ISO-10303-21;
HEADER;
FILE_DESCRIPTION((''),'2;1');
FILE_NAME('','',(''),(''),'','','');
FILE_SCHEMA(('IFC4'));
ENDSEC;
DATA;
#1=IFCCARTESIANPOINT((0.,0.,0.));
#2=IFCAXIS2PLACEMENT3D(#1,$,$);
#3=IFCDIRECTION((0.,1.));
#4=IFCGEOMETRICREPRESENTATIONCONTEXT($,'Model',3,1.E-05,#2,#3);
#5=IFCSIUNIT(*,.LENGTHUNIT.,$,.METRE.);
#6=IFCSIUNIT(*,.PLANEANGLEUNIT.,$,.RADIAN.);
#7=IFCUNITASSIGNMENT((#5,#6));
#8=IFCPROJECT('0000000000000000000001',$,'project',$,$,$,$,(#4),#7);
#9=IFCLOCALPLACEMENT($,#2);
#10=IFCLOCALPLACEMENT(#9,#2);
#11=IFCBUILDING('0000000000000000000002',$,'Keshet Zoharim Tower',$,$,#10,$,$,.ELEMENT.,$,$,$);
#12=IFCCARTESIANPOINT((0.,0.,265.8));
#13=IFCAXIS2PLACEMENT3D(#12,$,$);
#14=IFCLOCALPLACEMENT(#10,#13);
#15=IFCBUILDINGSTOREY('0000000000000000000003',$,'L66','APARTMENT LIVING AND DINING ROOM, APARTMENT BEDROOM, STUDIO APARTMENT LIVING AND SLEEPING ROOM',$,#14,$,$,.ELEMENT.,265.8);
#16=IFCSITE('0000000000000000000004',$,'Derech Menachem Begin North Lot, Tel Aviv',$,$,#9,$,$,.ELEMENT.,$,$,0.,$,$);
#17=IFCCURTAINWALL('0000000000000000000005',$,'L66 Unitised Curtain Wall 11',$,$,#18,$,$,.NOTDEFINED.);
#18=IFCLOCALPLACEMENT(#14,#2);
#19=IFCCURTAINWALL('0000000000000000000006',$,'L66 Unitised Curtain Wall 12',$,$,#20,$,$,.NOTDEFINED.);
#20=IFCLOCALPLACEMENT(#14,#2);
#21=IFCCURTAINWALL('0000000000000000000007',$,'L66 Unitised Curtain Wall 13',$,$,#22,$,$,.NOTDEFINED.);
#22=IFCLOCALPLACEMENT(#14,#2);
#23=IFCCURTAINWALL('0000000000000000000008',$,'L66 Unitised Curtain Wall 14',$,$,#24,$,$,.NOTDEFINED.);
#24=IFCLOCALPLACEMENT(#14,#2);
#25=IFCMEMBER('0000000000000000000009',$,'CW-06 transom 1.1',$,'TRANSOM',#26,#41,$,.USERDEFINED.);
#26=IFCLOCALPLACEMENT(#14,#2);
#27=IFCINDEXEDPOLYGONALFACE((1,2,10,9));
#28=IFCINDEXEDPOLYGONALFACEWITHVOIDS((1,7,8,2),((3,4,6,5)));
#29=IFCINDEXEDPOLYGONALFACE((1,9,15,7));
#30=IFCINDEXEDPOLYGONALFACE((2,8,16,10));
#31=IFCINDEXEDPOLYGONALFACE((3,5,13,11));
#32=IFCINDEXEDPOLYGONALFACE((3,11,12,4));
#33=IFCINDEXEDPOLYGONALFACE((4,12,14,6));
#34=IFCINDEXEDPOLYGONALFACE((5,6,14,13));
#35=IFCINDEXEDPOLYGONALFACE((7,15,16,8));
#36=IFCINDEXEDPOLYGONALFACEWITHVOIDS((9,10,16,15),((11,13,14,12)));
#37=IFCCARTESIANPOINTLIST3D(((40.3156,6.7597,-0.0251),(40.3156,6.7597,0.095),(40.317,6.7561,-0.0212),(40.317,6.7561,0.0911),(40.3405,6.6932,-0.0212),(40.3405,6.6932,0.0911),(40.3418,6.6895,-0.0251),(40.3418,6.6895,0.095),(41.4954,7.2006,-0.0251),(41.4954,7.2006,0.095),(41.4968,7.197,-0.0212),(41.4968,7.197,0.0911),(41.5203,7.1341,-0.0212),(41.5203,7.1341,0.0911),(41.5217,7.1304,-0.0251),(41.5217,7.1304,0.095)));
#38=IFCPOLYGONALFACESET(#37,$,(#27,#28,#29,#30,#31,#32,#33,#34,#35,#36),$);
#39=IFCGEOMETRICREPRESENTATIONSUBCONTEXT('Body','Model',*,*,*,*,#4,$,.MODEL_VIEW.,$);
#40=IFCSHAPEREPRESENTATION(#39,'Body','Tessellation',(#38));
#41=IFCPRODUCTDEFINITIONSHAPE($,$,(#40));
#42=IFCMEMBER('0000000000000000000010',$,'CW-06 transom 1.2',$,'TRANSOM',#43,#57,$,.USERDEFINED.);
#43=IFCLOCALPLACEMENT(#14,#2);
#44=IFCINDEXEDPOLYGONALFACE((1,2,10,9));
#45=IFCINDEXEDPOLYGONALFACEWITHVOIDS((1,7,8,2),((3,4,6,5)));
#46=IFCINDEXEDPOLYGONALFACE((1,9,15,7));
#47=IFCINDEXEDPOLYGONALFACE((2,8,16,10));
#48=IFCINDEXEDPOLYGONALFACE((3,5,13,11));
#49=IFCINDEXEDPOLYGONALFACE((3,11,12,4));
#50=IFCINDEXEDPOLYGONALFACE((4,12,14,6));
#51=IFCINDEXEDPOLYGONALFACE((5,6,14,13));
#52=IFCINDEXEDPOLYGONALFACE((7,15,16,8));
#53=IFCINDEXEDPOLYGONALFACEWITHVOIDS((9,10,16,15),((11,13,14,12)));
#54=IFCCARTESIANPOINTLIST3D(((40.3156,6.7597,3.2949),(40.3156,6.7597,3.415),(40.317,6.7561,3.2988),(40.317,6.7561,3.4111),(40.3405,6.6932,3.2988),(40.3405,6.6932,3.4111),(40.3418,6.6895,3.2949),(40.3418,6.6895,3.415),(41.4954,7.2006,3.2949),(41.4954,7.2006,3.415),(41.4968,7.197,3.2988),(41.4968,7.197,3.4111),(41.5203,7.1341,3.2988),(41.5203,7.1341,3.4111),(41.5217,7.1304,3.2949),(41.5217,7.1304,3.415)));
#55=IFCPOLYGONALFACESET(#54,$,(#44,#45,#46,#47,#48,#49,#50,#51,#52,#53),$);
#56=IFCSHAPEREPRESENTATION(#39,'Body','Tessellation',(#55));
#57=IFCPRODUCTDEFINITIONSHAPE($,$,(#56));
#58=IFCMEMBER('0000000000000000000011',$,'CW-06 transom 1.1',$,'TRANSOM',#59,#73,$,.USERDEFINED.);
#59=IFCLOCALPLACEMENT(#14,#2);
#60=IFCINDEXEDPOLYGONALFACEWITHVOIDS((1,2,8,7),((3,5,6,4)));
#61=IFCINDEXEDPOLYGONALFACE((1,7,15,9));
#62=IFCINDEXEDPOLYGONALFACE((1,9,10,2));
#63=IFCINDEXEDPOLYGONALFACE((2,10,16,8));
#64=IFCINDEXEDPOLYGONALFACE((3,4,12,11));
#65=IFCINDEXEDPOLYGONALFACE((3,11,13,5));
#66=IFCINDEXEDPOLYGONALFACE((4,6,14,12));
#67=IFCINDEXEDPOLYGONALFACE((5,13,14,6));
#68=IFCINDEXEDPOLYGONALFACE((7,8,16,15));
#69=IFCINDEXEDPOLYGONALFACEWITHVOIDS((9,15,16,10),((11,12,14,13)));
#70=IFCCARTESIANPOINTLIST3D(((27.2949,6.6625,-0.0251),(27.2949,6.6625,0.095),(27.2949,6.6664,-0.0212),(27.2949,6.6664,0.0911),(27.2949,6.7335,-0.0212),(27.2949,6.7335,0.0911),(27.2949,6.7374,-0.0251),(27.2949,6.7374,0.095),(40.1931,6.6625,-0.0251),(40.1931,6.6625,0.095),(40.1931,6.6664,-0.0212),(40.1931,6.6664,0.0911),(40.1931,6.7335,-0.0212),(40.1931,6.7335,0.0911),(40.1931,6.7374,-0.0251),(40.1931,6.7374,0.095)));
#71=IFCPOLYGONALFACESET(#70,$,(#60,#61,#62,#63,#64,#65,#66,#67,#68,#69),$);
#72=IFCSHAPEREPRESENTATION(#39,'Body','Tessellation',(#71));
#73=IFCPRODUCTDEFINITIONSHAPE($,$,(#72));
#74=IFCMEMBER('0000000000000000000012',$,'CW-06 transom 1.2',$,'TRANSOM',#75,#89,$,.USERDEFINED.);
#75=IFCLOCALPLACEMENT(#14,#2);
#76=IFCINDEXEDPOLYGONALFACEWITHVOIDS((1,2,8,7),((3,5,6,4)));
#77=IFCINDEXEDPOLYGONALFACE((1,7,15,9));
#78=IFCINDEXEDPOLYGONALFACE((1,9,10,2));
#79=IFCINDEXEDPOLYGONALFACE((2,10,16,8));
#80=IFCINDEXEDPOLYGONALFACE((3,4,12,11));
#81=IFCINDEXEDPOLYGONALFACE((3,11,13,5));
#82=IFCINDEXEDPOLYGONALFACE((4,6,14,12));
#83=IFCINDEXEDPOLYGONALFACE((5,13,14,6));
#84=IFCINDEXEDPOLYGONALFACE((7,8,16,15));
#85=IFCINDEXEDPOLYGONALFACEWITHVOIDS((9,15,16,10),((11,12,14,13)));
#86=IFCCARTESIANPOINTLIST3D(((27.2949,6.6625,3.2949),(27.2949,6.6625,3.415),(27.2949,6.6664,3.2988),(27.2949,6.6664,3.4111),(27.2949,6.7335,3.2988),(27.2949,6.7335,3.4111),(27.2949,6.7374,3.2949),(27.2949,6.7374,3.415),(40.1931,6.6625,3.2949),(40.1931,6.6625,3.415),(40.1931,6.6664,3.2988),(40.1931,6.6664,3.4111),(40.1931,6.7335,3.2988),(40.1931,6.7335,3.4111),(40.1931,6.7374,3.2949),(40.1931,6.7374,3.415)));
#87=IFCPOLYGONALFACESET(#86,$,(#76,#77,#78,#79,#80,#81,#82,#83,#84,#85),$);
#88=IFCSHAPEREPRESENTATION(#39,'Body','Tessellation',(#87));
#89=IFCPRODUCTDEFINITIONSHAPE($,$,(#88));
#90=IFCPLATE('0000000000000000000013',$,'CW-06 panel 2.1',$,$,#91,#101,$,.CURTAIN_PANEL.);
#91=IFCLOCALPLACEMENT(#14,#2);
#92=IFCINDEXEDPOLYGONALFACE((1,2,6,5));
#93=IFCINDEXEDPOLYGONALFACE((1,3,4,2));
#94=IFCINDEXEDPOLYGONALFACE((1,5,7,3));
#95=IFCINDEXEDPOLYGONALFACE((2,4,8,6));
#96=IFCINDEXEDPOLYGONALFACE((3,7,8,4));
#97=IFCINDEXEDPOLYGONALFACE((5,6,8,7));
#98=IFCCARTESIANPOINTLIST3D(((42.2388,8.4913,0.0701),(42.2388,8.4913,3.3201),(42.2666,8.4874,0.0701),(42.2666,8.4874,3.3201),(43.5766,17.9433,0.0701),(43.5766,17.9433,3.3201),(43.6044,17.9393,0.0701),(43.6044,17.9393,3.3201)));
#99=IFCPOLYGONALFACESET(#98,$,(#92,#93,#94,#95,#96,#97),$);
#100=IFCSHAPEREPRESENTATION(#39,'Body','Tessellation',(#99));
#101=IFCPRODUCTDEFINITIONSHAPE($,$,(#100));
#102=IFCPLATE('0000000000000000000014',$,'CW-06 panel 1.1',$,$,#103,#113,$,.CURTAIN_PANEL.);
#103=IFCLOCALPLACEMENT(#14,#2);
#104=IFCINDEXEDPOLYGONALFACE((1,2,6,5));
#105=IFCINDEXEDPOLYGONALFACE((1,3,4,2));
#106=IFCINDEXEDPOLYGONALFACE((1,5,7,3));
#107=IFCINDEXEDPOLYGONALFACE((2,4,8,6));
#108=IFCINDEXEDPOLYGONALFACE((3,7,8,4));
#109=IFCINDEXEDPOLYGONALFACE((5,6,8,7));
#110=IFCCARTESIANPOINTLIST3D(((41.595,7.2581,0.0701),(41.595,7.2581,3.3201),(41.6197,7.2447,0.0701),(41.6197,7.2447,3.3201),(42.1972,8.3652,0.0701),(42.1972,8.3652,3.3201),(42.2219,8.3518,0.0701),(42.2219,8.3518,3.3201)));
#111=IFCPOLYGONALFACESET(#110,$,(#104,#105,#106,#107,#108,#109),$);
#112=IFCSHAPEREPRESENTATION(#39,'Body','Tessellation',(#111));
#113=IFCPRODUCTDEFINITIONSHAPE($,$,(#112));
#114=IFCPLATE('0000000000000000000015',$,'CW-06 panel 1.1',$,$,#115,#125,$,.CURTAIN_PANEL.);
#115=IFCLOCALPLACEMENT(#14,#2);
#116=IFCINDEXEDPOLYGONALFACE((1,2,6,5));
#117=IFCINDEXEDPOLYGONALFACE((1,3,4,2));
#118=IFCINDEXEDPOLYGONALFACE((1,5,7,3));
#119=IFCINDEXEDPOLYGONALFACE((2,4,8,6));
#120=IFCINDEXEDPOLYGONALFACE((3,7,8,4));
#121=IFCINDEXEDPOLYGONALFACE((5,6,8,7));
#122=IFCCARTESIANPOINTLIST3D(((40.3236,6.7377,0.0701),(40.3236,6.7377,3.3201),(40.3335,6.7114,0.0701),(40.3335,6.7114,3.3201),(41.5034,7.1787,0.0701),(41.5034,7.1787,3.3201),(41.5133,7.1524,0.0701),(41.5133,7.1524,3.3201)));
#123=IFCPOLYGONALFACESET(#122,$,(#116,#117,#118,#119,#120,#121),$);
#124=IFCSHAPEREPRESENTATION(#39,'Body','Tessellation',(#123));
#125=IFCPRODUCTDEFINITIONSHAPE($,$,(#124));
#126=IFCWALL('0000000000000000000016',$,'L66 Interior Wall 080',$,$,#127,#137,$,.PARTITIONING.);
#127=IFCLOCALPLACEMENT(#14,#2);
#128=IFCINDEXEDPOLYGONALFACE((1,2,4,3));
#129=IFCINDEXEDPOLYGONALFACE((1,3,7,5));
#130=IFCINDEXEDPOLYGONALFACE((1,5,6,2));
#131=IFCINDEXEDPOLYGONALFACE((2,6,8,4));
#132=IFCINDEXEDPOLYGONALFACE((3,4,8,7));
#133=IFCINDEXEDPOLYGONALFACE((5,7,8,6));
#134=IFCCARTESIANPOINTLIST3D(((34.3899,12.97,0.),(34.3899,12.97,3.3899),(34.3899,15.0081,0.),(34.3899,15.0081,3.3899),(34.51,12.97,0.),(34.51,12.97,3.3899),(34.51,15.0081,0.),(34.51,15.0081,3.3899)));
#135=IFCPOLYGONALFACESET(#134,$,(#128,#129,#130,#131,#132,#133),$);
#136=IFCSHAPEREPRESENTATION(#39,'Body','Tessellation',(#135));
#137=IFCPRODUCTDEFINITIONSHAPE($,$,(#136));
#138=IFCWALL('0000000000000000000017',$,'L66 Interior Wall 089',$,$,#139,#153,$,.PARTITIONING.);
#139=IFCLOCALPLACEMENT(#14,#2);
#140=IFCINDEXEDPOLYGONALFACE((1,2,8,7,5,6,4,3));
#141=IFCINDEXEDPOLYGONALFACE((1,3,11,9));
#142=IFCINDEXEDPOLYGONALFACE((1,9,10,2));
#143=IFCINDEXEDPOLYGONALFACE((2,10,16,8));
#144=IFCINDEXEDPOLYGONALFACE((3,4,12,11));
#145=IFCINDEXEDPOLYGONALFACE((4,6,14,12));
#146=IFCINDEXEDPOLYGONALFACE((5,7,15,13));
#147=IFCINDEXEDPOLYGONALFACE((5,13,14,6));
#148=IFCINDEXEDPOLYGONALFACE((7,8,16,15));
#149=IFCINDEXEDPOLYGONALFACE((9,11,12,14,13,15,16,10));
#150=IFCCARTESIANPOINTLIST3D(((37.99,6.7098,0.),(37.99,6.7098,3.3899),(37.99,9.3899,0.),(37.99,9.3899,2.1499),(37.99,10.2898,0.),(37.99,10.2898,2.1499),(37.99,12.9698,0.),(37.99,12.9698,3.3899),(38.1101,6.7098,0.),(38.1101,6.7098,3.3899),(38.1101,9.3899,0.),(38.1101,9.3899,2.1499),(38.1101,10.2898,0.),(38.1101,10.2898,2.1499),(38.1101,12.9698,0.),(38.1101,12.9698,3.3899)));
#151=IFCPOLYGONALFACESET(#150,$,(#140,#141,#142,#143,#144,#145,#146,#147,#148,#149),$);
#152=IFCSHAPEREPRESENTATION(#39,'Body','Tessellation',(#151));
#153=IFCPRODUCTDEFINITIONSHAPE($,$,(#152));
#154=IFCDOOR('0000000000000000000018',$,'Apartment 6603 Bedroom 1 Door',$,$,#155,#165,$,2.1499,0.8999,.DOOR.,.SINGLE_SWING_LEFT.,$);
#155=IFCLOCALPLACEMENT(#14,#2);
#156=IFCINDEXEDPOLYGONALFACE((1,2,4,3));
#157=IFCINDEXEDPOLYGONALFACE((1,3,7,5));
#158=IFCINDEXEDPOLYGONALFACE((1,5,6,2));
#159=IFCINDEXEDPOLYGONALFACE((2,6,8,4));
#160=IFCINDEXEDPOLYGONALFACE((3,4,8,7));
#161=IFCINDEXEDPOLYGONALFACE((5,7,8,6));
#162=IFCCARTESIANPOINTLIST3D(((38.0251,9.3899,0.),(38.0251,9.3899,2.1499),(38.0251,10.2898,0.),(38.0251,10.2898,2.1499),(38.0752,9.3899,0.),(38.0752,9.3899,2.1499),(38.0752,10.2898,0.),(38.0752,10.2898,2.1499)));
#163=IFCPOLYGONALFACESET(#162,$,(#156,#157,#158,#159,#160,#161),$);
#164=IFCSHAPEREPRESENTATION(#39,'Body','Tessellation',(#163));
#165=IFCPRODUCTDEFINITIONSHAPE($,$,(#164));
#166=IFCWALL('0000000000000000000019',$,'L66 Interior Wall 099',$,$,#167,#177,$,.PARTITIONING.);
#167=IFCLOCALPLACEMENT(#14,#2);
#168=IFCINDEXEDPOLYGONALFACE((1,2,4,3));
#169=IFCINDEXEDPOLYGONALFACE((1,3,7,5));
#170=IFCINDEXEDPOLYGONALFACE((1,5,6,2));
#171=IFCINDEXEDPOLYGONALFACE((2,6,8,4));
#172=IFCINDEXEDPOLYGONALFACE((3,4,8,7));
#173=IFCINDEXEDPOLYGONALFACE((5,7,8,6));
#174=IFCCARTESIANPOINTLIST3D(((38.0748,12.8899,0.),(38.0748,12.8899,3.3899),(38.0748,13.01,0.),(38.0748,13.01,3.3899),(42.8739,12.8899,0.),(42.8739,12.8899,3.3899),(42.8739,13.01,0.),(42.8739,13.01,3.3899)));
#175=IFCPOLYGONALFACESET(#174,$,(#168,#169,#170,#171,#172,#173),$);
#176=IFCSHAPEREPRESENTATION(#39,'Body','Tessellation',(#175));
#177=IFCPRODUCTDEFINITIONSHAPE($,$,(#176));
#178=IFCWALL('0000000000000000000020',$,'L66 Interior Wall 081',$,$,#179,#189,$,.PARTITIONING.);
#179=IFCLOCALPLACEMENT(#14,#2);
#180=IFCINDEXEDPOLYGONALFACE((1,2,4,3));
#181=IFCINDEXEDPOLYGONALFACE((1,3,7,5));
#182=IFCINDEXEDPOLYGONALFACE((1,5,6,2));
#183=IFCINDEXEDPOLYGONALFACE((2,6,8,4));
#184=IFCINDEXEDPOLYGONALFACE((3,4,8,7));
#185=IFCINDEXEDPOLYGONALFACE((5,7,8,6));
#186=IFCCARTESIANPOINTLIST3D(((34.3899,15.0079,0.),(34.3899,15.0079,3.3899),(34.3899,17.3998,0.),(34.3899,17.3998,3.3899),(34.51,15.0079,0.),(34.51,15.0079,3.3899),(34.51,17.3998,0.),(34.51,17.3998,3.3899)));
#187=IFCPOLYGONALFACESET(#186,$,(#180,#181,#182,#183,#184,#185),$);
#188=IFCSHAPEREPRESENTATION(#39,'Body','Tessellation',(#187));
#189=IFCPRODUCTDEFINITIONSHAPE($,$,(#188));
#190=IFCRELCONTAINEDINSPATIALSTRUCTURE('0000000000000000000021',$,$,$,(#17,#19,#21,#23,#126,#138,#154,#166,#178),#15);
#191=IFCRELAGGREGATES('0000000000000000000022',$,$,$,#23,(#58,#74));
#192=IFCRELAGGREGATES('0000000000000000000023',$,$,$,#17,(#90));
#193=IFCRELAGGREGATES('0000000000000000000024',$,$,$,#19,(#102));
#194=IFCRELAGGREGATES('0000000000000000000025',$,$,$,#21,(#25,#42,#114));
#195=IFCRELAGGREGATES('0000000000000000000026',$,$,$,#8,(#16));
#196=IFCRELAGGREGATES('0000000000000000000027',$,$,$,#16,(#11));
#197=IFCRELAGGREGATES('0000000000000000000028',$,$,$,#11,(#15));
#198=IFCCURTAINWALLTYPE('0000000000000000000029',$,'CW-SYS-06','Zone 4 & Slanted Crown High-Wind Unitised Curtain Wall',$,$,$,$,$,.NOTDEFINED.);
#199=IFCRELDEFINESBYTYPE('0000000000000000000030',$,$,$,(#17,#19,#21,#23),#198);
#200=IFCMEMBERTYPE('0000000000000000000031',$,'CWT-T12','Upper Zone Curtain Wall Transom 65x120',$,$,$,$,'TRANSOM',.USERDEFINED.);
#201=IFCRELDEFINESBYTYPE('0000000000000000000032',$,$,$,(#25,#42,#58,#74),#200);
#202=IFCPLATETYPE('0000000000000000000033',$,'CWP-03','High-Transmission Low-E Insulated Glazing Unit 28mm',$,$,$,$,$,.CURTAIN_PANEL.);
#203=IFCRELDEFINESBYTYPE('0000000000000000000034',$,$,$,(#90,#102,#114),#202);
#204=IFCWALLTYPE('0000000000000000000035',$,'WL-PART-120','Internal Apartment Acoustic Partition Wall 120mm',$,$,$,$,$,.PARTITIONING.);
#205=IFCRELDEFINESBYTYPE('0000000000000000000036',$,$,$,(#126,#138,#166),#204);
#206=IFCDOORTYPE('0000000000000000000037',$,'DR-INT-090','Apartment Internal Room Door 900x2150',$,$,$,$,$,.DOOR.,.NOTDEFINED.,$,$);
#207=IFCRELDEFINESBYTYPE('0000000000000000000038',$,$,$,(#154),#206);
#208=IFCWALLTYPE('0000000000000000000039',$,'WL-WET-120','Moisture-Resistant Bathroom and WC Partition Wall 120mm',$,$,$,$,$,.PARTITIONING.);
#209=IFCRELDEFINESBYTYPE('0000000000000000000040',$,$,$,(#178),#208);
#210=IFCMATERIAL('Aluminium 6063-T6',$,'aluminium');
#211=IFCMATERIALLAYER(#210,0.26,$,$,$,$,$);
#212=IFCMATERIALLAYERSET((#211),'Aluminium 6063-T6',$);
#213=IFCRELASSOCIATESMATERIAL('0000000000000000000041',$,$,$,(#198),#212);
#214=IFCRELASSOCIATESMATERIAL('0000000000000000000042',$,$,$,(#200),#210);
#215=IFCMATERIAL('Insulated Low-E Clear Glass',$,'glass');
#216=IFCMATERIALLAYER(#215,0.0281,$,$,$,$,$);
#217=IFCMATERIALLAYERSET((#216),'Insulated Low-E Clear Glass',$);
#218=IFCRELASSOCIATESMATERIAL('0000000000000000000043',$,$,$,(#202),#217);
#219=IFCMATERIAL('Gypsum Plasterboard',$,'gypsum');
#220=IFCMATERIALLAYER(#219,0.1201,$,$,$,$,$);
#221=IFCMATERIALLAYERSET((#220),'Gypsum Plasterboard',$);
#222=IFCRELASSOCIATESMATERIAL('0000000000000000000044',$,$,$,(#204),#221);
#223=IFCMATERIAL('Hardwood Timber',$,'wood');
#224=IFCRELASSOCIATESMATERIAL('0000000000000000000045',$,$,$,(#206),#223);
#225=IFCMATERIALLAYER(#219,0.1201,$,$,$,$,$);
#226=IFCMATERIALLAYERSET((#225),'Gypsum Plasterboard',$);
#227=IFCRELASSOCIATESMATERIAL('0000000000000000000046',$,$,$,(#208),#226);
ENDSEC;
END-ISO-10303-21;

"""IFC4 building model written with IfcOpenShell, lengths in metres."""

from ifc_helpers import new_model, si_unit, direction, frame, frame_2d, origin, origin_2d, place, context, subcontext, project, spatial, rectangle, hollow_rectangle, extrude, material, layer, layer_set, material_profile, profile_set, type_object, element, fill, aggregate, save


model = new_model("IFC4")

# Units and contexts
model_context = context("Model", 3, precision=1e-05, world=origin(), true_north=direction((0.0, 1.0)))
body_context = subcontext(model_context, "Body", "Model", "MODEL_VIEW")
ifc_project = project(units=[si_unit("LENGTHUNIT", "METRE"), si_unit("PLANEANGLEUNIT", "RADIAN")], contexts=[model_context])

# Site, building, storey
site_placement = place(None, origin())
site = spatial("IfcSite", under=ifc_project, at=site_placement, Name="Derech Menachem Begin North Lot, Tel Aviv", CompositionType="ELEMENT", RefElevation=0.0)
building_placement = place(site_placement, origin())
building = spatial("IfcBuilding", under=site, at=building_placement, Name="Keshet Zoharim Tower", CompositionType="ELEMENT")
storey_placement = place(building_placement, frame((0.0, 0.0, 265.8)))
storey = spatial("IfcBuildingStorey", under=building, at=storey_placement, Name="L66", Description="APARTMENT LIVING AND DINING ROOM, APARTMENT BEDROOM, STUDIO APARTMENT LIVING AND SLEEPING ROOM", CompositionType="ELEMENT", Elevation=265.8)

# Curtain wall
ifc_material_1 = material(Name="Aluminium 6063-T6", Category="aluminium")
ifc_layer_1 = layer(ifc_material_1, 0.26)
ifc_layer_set_1 = layer_set([ifc_layer_1], Name="Aluminium 6063-T6")
curtain_wall_type = type_object("IfcCurtainWallType", Name="CW-SYS-06", Description="Zone 4 & Slanted Crown High-Wind Unitised Curtain Wall", PredefinedType="NOTDEFINED", material=ifc_layer_set_1)
curtain_wall_1_placement = place(storey_placement, origin())
curtain_wall_1 = element("IfcCurtainWall", 1, at=curtain_wall_1_placement, inside=storey, type_object=curtain_wall_type, Name="L66 Unitised Curtain Wall 11", PredefinedType="NOTDEFINED")

# Curtain walls
curtain_wall_2_placement = place(storey_placement, origin())
curtain_wall_2 = element("IfcCurtainWall", 2, at=curtain_wall_2_placement, inside=storey, type_object=curtain_wall_type, Name="L66 Unitised Curtain Wall 12", PredefinedType="NOTDEFINED")
curtain_wall_3_placement = place(storey_placement, origin())
curtain_wall_3 = element("IfcCurtainWall", 3, at=curtain_wall_3_placement, inside=storey, type_object=curtain_wall_type, Name="L66 Unitised Curtain Wall 13", PredefinedType="NOTDEFINED")

# Curtain wall
curtain_wall_4_placement = place(storey_placement, origin())
curtain_wall_4 = element("IfcCurtainWall", 4, at=curtain_wall_4_placement, inside=storey, type_object=curtain_wall_type, Name="L66 Unitised Curtain Wall 14", PredefinedType="NOTDEFINED")

# Members
ifc_material_profile_1 = material_profile(ifc_material_1, hollow_rectangle(XDim=0.075, YDim=0.1201, WallThickness=0.0039, at=origin_2d()), Name="TRN-75x120")
ifc_profile_set_1 = profile_set([ifc_material_profile_1], Name="Aluminium 6063-T6")
member_type_1 = type_object("IfcMemberType", Name="CWT-T12", Description="Upper Zone Curtain Wall Transom 65x120", ElementType="TRANSOM", PredefinedType="USERDEFINED", material=ifc_profile_set_1)
member_1_placement = place(storey_placement, frame((41.5085, 7.1655, 0.0349), z_axis=(-0.936735, -0.35004, 0.0), x_axis=(0.35004, -0.936735, 0.0)))
member_1 = element("IfcMember", 5, at=member_1_placement, type_object=member_type_1, Name="CW-06 transom 1.1", ObjectType="TRANSOM", PredefinedType="USERDEFINED", context=body_context, shape_type="SweptSolid", body=[
    extrude(hollow_rectangle(XDim=0.075, YDim=0.1201, WallThickness=0.0039, at=origin_2d()), origin(), (0.0, 0.0, 1.0), 1.2595),
])
member_2_placement = place(storey_placement, frame((41.5085, 7.1655, 3.355), z_axis=(-0.936735, -0.35004, 0.0), x_axis=(0.35004, -0.936735, 0.0)))
member_2 = element("IfcMember", 6, at=member_2_placement, type_object=member_type_1, Name="CW-06 transom 1.2", ObjectType="TRANSOM", PredefinedType="USERDEFINED", context=body_context, shape_type="SweptSolid", body=[
    extrude(hollow_rectangle(XDim=0.075, YDim=0.1201, WallThickness=0.0039, at=origin_2d()), origin(), (0.0, 0.0, 1.0), 1.2595),
])
member_3_placement = place(storey_placement, frame((40.1931, 6.7, 0.0349), z_axis=(-1.0, 0.0, 0.0), x_axis=(0.0, -1.0, 0.0)))
member_3 = element("IfcMember", 7, at=member_3_placement, type_object=member_type_1, Name="CW-06 transom 1.1", ObjectType="TRANSOM", PredefinedType="USERDEFINED", context=body_context, shape_type="SweptSolid", body=[
    extrude(hollow_rectangle(XDim=0.075, YDim=0.1201, WallThickness=0.0039, at=origin_2d()), origin(), (0.0, 0.0, 1.0), 12.8982),
])
member_4_placement = place(storey_placement, frame((40.1931, 6.7, 3.355), z_axis=(-1.0, 0.0, 0.0), x_axis=(0.0, -1.0, 0.0)))
member_4 = element("IfcMember", 8, at=member_4_placement, type_object=member_type_1, Name="CW-06 transom 1.2", ObjectType="TRANSOM", PredefinedType="USERDEFINED", context=body_context, shape_type="SweptSolid", body=[
    extrude(hollow_rectangle(XDim=0.075, YDim=0.1201, WallThickness=0.0039, at=origin_2d()), origin(), (0.0, 0.0, 1.0), 12.8982),
])
aggregate(curtain_wall_4, [member_3, member_4])

# Plates
ifc_material_2 = material(Name="Insulated Low-E Clear Glass", Category="glass")
ifc_layer_2 = layer(ifc_material_2, 0.0281)
ifc_layer_set_2 = layer_set([ifc_layer_2], Name="Insulated Low-E Clear Glass")
plate_type = type_object("IfcPlateType", Name="CWP-03", Description="High-Transmission Low-E Insulated Glazing Unit 28mm", PredefinedType="CURTAIN_PANEL", material=ifc_layer_set_2)
plate_1_placement = place(storey_placement, frame((42.9216, 13.2153, 0.0701), z_axis=(0.0, 0.0, 1.0), x_axis=(-0.140137, -0.990132, 0.0)))
plate_1 = element("IfcPlate", 9, at=plate_1_placement, type_object=plate_type, Name="CW-06 panel 2.1", PredefinedType="CURTAIN_PANEL", context=body_context, shape_type="SweptSolid", body=[
    extrude(rectangle(XDim=9.5461, YDim=0.0281, at=origin_2d()), origin(), (0.0, 0.0, 1.0), 3.25),
])
aggregate(curtain_wall_1, [plate_1])
plate_2_placement = place(storey_placement, frame((41.9084, 7.8049, 0.0701), z_axis=(0.0, 0.0, 1.0), x_axis=(-0.477801, -0.878468, 0.0)))
plate_2 = element("IfcPlate", 10, at=plate_2_placement, type_object=plate_type, Name="CW-06 panel 1.1", PredefinedType="CURTAIN_PANEL", context=body_context, shape_type="SweptSolid", body=[
    extrude(rectangle(XDim=1.2603, YDim=0.0281, at=origin_2d()), origin(), (0.0, 0.0, 1.0), 3.25),
])
aggregate(curtain_wall_2, [plate_2])
plate_3_placement = place(storey_placement, frame((40.9185, 6.9451, 0.0701), z_axis=(0.0, 0.0, 1.0), x_axis=(-0.93671, -0.350105, 0.0)))
plate_3 = element("IfcPlate", 11, at=plate_3_placement, type_object=plate_type, Name="CW-06 panel 1.1", PredefinedType="CURTAIN_PANEL", context=body_context, shape_type="SweptSolid", body=[
    extrude(rectangle(XDim=1.2595, YDim=0.0281, at=origin_2d()), origin(), (0.0, 0.0, 1.0), 3.25),
])
aggregate(curtain_wall_3, [member_1, member_2, plate_3])

# Wall
ifc_material_3 = material(Name="Gypsum Plasterboard", Category="gypsum")
ifc_layer_3 = layer(ifc_material_3, 0.1201)
ifc_layer_set_3 = layer_set([ifc_layer_3], Name="Gypsum Plasterboard")
wall_type_1 = type_object("IfcWallType", Name="WL-PART-120", Description="Internal Apartment Acoustic Partition Wall 120mm", PredefinedType="PARTITIONING", material=ifc_layer_set_3)
wall_1_placement = place(storey_placement, frame((34.45, 12.97, 0.0), z_axis=(0.0, 0.0, 1.0), x_axis=(0.0, 1.0, 0.0)))
element("IfcWall", 12, at=wall_1_placement, inside=storey, type_object=wall_type_1, Name="L66 Interior Wall 080", PredefinedType="PARTITIONING", context=body_context, shape_type="SweptSolid", body=[
    extrude(rectangle(XDim=2.0381, YDim=0.1201, at=frame_2d((1.019, 0.0))), origin(), (0.0, 0.0, 1.0), 3.3899),
])

# Wall, opening, door
wall_2_placement = place(storey_placement, frame((38.05, 6.71, 0.0), z_axis=(0.0, 0.0, 1.0), x_axis=(0.0, 1.0, 0.0)))
wall_2 = element("IfcWall", 13, at=wall_2_placement, inside=storey, type_object=wall_type_1, Name="L66 Interior Wall 089", PredefinedType="PARTITIONING", context=body_context, shape_type="SweptSolid", body=[
    extrude(rectangle(XDim=6.26, YDim=0.1201, at=frame_2d((3.1299, 0.0))), origin(), (0.0, 0.0, 1.0), 3.3899),
])
opening_1_placement = place(wall_2_placement, frame((2.6799, 0.0, 0.0)))
opening_1 = element("IfcOpeningElement", 14, at=opening_1_placement, cuts=wall_2, PredefinedType="OPENING", context=body_context, shape_type="SweptSolid", body=[
    extrude(rectangle(XDim=0.8999, YDim=2.1499, at=frame_2d((0.45, 1.075))), frame((0.0, 0.0701, 0.0), z_axis=(0.0, -1.0, 0.0), x_axis=(1.0, 0.0, 0.0)), (0.0, 0.0, 1.0), 0.1401),
])
ifc_material_4 = material(Name="Hardwood Timber", Category="wood")
door_type_1 = type_object("IfcDoorType", Name="DR-INT-090", Description="Apartment Internal Room Door 900x2150", OperationType="NOTDEFINED", PredefinedType="DOOR", material=ifc_material_4)
door_1_placement = place(opening_1_placement, origin())
door_1 = element("IfcDoor", 15, at=door_1_placement, inside=storey, type_object=door_type_1, Name="Apartment 6603 Bedroom 1 Door", OperationType="SINGLE_SWING_LEFT", OverallHeight=2.1499, OverallWidth=0.8999, PredefinedType="DOOR", context=body_context, shape_type="SweptSolid", body=[
    extrude(rectangle(XDim=0.8999, YDim=2.1499, at=frame_2d((0.45, 1.075))), frame((0.0, 0.0249, 0.0), z_axis=(0.0, -1.0, 0.0), x_axis=(1.0, 0.0, 0.0)), (0.0, 0.0, 1.0), 0.05),
])
fill(opening_1, door_1)

# Walls
wall_3_placement = place(storey_placement, frame((38.075, 12.95, 0.0), z_axis=(0.0, 0.0, 1.0), x_axis=(1.0, 0.0, 0.0)))
element("IfcWall", 16, at=wall_3_placement, inside=storey, type_object=wall_type_1, Name="L66 Interior Wall 099", PredefinedType="PARTITIONING", context=body_context, shape_type="SweptSolid", body=[
    extrude(rectangle(XDim=4.7991, YDim=0.1201, at=frame_2d((2.3994, 0.0))), origin(), (0.0, 0.0, 1.0), 3.3899),
])
ifc_layer_4 = layer(ifc_material_3, 0.1201)
ifc_layer_set_4 = layer_set([ifc_layer_4], Name="Gypsum Plasterboard")
wall_type_2 = type_object("IfcWallType", Name="WL-WET-120", Description="Moisture-Resistant Bathroom and WC Partition Wall 120mm", PredefinedType="PARTITIONING", material=ifc_layer_set_4)
wall_4_placement = place(storey_placement, frame((34.45, 15.0081, 0.0), z_axis=(0.0, 0.0, 1.0), x_axis=(0.0, 1.0, 0.0)))
element("IfcWall", 17, at=wall_4_placement, inside=storey, type_object=wall_type_2, Name="L66 Interior Wall 081", PredefinedType="PARTITIONING", context=body_context, shape_type="SweptSolid", body=[
    extrude(rectangle(XDim=2.3918, YDim=0.1201, at=frame_2d((1.1958, 0.0))), origin(), (0.0, 0.0, 1.0), 3.3899),
])

save(model, "model.ifc")
